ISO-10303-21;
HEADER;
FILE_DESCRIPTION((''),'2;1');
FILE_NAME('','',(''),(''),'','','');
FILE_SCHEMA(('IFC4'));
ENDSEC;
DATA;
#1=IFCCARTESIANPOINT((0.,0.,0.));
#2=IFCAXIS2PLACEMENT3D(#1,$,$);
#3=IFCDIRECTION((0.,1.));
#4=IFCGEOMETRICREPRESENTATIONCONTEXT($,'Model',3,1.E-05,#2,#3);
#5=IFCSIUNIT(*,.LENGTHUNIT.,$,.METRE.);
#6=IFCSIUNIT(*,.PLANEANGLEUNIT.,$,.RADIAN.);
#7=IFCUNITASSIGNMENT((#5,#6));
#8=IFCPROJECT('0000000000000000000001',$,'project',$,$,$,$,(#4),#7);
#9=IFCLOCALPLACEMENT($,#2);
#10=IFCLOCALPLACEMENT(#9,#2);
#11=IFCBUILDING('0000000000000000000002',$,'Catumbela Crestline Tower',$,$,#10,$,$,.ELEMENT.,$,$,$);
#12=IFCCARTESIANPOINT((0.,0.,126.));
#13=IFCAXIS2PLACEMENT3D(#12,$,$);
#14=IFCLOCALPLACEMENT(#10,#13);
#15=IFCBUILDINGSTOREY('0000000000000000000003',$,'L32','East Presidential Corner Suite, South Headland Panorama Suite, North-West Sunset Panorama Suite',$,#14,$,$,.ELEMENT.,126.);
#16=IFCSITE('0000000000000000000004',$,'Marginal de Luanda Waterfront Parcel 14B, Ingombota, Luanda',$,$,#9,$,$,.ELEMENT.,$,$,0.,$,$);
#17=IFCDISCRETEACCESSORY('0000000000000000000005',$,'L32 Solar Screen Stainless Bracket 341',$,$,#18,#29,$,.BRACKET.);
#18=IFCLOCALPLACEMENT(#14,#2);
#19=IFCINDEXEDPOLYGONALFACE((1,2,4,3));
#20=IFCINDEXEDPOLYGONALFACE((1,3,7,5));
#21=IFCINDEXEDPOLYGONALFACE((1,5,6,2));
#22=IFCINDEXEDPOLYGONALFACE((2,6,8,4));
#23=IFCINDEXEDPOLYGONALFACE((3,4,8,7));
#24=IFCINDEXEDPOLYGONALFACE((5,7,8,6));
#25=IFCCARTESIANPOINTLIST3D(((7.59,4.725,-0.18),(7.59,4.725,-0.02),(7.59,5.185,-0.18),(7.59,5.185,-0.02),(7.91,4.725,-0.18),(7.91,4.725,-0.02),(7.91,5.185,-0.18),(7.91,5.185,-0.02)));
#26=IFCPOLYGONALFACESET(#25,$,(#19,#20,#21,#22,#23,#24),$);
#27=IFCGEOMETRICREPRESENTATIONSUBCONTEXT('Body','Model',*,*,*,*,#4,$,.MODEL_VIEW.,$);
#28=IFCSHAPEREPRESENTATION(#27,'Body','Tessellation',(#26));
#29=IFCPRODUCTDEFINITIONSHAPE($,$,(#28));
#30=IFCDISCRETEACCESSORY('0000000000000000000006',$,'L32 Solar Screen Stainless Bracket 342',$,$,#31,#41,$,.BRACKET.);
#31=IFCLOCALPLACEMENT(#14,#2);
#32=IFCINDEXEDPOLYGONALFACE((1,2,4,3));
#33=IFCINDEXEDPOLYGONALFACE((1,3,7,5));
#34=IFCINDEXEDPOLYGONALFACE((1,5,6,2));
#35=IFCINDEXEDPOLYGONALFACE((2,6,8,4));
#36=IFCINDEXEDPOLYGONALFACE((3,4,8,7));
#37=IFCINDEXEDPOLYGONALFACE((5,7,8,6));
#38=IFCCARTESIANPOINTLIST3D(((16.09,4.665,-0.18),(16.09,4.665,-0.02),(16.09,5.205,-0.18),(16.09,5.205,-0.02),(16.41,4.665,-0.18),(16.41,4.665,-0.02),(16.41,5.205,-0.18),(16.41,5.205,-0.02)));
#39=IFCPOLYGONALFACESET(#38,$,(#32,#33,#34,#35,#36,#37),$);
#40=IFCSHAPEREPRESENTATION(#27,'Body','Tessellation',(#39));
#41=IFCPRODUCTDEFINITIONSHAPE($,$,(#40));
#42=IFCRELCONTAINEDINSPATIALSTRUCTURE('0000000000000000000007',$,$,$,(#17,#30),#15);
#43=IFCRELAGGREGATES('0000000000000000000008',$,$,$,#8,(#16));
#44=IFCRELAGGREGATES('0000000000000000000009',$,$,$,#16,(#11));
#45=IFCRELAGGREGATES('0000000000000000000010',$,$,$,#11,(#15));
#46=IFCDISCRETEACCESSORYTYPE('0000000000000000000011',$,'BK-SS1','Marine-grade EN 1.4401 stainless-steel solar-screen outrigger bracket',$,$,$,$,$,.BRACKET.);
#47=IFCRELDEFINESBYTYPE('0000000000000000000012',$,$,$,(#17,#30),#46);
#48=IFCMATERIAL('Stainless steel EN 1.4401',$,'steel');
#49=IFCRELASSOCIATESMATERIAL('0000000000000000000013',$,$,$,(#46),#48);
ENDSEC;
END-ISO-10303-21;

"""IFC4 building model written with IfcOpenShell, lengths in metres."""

from ifc_helpers import new_model, si_unit, direction, frame, origin, origin_2d, place, context, subcontext, project, spatial, rectangle, extrude, material, type_object, element, save


model = new_model("IFC4")

# Units and contexts
model_context = context("Model", 3, precision=1e-05, world=origin(), true_north=direction((0.0, 1.0)))
body_context = subcontext(model_context, "Body", "Model", "MODEL_VIEW")
ifc_project = project(units=[si_unit("LENGTHUNIT", "METRE"), si_unit("PLANEANGLEUNIT", "RADIAN")], contexts=[model_context])

# Site, building, storey
site_placement = place(None, origin())
site = spatial("IfcSite", under=ifc_project, at=site_placement, Name="Marginal de Luanda Waterfront Parcel 14B, Ingombota, Luanda", CompositionType="ELEMENT", RefElevation=0.0)
building_placement = place(site_placement, origin())
building = spatial("IfcBuilding", under=site, at=building_placement, Name="Catumbela Crestline Tower", CompositionType="ELEMENT")
storey_placement = place(building_placement, frame((0.0, 0.0, 126.0)))
storey = spatial("IfcBuildingStorey", under=building, at=storey_placement, Name="L32", Description="East Presidential Corner Suite, South Headland Panorama Suite, North-West Sunset Panorama Suite", CompositionType="ELEMENT", Elevation=126.0)

# Discrete accessories
ifc_material_1 = material(Name="Stainless steel EN 1.4401", Category="steel")
discrete_accessory_type = type_object("IfcDiscreteAccessoryType", Name="BK-SS1", Description="Marine-grade EN 1.4401 stainless-steel solar-screen outrigger bracket", PredefinedType="BRACKET", material=ifc_material_1)
discrete_accessory_1_placement = place(storey_placement, frame((7.75, 4.955, -0.18), z_axis=(0.0, 0.0, 1.0), x_axis=(1.0, 0.0, 0.0)))
element("IfcDiscreteAccessory", 1, at=discrete_accessory_1_placement, inside=storey, type_object=discrete_accessory_type, Name="L32 Solar Screen Stainless Bracket 341", PredefinedType="BRACKET", context=body_context, shape_type="SweptSolid", body=[
    extrude(rectangle(XDim=0.32, YDim=0.46, at=origin_2d()), origin(), (0.0, 0.0, 1.0), 0.16),
])
discrete_accessory_2_placement = place(storey_placement, frame((16.25, 4.935, -0.18), z_axis=(0.0, 0.0, 1.0), x_axis=(1.0, 0.0, 0.0)))
element("IfcDiscreteAccessory", 2, at=discrete_accessory_2_placement, inside=storey, type_object=discrete_accessory_type, Name="L32 Solar Screen Stainless Bracket 342", PredefinedType="BRACKET", context=body_context, shape_type="SweptSolid", body=[
    extrude(rectangle(XDim=0.32, YDim=0.54, at=origin_2d()), origin(), (0.0, 0.0, 1.0), 0.16),
])

save(model, "model.ifc")
